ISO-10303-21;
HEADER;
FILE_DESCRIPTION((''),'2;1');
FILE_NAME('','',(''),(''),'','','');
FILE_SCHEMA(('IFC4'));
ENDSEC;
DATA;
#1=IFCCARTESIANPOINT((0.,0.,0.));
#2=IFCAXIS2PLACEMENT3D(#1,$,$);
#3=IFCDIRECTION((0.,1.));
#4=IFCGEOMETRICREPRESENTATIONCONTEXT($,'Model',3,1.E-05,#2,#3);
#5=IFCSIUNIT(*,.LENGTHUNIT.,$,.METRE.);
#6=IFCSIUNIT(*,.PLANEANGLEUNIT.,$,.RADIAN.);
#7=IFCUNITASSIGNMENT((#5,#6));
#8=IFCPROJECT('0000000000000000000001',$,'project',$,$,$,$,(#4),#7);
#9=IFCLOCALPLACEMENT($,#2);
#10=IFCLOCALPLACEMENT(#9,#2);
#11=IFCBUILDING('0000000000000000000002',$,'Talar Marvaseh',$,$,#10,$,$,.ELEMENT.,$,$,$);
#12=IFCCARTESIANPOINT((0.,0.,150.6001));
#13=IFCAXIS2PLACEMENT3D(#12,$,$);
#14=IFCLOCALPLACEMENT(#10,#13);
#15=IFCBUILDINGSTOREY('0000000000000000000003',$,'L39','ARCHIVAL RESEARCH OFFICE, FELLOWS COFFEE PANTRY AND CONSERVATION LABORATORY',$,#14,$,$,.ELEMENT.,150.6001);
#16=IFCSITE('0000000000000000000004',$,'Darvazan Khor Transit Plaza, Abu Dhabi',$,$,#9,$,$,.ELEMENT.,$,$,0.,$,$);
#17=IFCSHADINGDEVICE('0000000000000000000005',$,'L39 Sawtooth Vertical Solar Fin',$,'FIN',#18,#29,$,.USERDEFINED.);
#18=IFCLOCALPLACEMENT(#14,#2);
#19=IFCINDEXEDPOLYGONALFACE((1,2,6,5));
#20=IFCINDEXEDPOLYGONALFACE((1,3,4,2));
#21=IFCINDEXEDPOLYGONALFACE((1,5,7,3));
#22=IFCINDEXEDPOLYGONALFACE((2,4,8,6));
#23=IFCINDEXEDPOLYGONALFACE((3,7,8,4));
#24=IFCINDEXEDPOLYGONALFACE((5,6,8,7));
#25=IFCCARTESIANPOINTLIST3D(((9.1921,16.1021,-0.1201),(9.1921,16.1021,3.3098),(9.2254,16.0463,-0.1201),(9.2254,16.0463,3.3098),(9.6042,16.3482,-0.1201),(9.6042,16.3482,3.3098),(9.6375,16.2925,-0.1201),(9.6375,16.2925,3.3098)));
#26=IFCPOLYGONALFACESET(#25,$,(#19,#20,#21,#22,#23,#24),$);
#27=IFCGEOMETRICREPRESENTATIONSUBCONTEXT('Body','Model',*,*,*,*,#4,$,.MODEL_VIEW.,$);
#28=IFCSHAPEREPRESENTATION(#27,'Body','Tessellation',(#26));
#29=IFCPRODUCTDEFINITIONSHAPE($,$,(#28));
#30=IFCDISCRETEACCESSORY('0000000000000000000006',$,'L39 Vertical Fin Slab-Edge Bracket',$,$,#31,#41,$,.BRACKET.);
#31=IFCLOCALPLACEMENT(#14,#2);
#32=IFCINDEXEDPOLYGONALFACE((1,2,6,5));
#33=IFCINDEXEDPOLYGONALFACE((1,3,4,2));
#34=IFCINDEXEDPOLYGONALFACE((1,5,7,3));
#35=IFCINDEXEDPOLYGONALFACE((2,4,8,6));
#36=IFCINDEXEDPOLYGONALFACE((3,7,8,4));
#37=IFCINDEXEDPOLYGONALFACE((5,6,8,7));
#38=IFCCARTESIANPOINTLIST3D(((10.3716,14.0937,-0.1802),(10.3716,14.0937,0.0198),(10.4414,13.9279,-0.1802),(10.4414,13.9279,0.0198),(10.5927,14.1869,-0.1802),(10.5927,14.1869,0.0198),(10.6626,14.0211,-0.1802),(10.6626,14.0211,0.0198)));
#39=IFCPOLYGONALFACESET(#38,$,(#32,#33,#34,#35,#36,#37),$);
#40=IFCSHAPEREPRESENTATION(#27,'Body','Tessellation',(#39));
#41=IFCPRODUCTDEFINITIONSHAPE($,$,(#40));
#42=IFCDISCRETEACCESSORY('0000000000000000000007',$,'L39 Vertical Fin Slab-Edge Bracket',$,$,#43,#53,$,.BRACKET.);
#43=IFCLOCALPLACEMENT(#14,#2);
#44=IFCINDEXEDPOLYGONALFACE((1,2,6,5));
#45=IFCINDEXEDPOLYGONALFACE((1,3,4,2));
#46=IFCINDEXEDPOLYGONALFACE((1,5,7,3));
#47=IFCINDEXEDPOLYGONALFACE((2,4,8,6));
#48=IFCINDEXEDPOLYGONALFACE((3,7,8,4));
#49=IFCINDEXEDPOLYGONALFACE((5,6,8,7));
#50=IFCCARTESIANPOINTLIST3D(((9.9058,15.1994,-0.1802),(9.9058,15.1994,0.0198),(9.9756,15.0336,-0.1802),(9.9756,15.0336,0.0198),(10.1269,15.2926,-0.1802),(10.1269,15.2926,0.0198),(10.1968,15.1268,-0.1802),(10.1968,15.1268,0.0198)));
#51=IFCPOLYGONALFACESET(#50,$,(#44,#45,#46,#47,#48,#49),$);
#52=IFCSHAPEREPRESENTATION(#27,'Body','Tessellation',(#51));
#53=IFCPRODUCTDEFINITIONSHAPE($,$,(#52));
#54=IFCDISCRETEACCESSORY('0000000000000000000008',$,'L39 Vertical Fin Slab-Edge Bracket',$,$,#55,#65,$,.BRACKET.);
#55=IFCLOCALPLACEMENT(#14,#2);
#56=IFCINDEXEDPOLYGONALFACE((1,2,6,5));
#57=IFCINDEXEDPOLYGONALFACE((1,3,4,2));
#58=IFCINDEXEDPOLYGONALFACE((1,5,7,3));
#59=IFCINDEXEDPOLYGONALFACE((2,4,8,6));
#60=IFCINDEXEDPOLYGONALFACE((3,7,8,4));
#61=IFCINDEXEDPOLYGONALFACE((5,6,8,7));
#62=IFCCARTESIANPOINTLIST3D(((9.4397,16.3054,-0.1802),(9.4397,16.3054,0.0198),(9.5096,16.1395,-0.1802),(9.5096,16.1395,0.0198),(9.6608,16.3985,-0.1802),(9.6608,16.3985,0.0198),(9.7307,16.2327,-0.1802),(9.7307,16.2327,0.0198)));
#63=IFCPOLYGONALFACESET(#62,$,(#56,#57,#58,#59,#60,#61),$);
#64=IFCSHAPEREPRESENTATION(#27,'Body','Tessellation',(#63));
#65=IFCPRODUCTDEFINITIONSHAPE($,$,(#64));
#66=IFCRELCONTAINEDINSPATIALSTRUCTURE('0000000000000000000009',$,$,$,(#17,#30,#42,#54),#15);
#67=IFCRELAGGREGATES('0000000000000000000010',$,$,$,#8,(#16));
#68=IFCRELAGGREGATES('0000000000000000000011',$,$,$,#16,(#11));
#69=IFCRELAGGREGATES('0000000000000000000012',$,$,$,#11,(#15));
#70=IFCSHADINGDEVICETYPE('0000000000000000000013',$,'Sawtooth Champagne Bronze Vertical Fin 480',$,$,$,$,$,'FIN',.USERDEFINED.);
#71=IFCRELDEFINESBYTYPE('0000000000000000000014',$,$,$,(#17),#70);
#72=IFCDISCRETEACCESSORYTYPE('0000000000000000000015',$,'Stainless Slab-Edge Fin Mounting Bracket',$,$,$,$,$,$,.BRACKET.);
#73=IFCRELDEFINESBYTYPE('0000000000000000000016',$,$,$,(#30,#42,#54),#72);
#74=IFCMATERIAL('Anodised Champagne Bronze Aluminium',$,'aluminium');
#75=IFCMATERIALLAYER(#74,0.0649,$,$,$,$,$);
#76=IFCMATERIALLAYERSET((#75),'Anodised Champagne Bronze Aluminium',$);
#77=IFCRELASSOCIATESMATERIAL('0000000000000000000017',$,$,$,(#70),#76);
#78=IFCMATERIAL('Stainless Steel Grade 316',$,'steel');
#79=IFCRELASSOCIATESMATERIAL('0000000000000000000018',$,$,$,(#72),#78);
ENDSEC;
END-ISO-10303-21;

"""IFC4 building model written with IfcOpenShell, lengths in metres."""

from ifc_helpers import new_model, si_unit, direction, frame, origin, origin_2d, place, context, subcontext, project, spatial, rectangle, extrude, source, transform, mapped, material, layer, layer_set, type_object, type_shapes, element, save


model = new_model("IFC4")

# Units and contexts
model_context = context("Model", 3, precision=1e-05, world=origin(), true_north=direction((0.0, 1.0)))
body_context = subcontext(model_context, "Body", "Model", "MODEL_VIEW")
ifc_project = project(units=[si_unit("LENGTHUNIT", "METRE"), si_unit("PLANEANGLEUNIT", "RADIAN")], contexts=[model_context])

# Site, building, storey
site_placement = place(None, origin())
site = spatial("IfcSite", under=ifc_project, at=site_placement, Name="Darvazan Khor Transit Plaza, Abu Dhabi", CompositionType="ELEMENT", RefElevation=0.0)
building_placement = place(site_placement, origin())
building = spatial("IfcBuilding", under=site, at=building_placement, Name="Talar Marvaseh", CompositionType="ELEMENT")
storey_placement = place(building_placement, frame((0.0, 0.0, 150.6001)))
storey = spatial("IfcBuildingStorey", under=building, at=storey_placement, Name="L39", Description="ARCHIVAL RESEARCH OFFICE, FELLOWS COFFEE PANTRY AND CONSERVATION LABORATORY", CompositionType="ELEMENT", Elevation=150.6001)

# Shading device
ifc_material_1 = material(Name="Anodised Champagne Bronze Aluminium", Category="aluminium")
ifc_layer_1 = layer(ifc_material_1, 0.0649)
ifc_layer_set_1 = layer_set([ifc_layer_1], Name="Anodised Champagne Bronze Aluminium")
shading_device_type_1 = type_object("IfcShadingDeviceType", Name="Sawtooth Champagne Bronze Vertical Fin 480", ElementType="FIN", PredefinedType="USERDEFINED", material=ifc_layer_set_1)
shared_shape_1 = source(origin(), body_context, "Body", "SweptSolid", [
    extrude(rectangle(XDim=0.48, YDim=0.0649, at=origin_2d()), origin(), (0.0, 0.0, 1.0), 3.4299),
])
type_shapes(shading_device_type_1, [shared_shape_1])
for number, where, z_axis, x_axis, name in (
    (1, (9.4148, 16.1973, -0.1201), (0.0, 0.0, 1.0), (-0.858513, -0.512792, 0.0), "L39 Sawtooth Vertical Solar Fin"),
):
    element("IfcShadingDevice", number, at=place(storey_placement, frame(where, z_axis=z_axis, x_axis=x_axis)), inside=storey, type_object=shading_device_type_1, Name=name, ObjectType="FIN", PredefinedType="USERDEFINED", context=body_context, shape_type="MappedRepresentation", body=[
        mapped(shared_shape_1, transform((0.0, 0.0, 0.0), x_axis=(1.0, 0.0, 0.0), y_axis=(0.0, 1.0, 0.0), z_axis=(0.0, 0.0, 1.0), scale=1.0)),
    ])

# Discrete accessories
ifc_material_2 = material(Name="Stainless Steel Grade 316", Category="steel")
discrete_accessory_type = type_object("IfcDiscreteAccessoryType", Name="Stainless Slab-Edge Fin Mounting Bracket", PredefinedType="BRACKET", material=ifc_material_2)
shared_shape_2 = source(origin(), body_context, "Body", "SweptSolid", [
    extrude(rectangle(XDim=0.24, YDim=0.1799, at=origin_2d()), origin(), (0.0, 0.0, 1.0), 0.2),
])
type_shapes(discrete_accessory_type, [shared_shape_2])
for number, where, z_axis, x_axis, name in (
    (2, (10.5171, 14.0574, -0.1802), (0.0, 0.0, 1.0), (-0.921525, -0.38832, 0.0), "L39 Vertical Fin Slab-Edge Bracket"),
    (3, (10.0513, 15.1631, -0.1802), (0.0, 0.0, 1.0), (-0.921525, -0.38832, 0.0), "L39 Vertical Fin Slab-Edge Bracket"),
    (4, (9.5852, 16.269, -0.1802), (0.0, 0.0, 1.0), (-0.921525, -0.38832, 0.0), "L39 Vertical Fin Slab-Edge Bracket"),
):
    element("IfcDiscreteAccessory", number, at=place(storey_placement, frame(where, z_axis=z_axis, x_axis=x_axis)), inside=storey, type_object=discrete_accessory_type, Name=name, PredefinedType="BRACKET", context=body_context, shape_type="MappedRepresentation", body=[
        mapped(shared_shape_2, transform((0.0, 0.0, 0.0), x_axis=(1.0, 0.0, 0.0), y_axis=(0.0, 1.0, 0.0), z_axis=(0.0, 0.0, 1.0), scale=1.0)),
    ])

save(model, "model.ifc")
